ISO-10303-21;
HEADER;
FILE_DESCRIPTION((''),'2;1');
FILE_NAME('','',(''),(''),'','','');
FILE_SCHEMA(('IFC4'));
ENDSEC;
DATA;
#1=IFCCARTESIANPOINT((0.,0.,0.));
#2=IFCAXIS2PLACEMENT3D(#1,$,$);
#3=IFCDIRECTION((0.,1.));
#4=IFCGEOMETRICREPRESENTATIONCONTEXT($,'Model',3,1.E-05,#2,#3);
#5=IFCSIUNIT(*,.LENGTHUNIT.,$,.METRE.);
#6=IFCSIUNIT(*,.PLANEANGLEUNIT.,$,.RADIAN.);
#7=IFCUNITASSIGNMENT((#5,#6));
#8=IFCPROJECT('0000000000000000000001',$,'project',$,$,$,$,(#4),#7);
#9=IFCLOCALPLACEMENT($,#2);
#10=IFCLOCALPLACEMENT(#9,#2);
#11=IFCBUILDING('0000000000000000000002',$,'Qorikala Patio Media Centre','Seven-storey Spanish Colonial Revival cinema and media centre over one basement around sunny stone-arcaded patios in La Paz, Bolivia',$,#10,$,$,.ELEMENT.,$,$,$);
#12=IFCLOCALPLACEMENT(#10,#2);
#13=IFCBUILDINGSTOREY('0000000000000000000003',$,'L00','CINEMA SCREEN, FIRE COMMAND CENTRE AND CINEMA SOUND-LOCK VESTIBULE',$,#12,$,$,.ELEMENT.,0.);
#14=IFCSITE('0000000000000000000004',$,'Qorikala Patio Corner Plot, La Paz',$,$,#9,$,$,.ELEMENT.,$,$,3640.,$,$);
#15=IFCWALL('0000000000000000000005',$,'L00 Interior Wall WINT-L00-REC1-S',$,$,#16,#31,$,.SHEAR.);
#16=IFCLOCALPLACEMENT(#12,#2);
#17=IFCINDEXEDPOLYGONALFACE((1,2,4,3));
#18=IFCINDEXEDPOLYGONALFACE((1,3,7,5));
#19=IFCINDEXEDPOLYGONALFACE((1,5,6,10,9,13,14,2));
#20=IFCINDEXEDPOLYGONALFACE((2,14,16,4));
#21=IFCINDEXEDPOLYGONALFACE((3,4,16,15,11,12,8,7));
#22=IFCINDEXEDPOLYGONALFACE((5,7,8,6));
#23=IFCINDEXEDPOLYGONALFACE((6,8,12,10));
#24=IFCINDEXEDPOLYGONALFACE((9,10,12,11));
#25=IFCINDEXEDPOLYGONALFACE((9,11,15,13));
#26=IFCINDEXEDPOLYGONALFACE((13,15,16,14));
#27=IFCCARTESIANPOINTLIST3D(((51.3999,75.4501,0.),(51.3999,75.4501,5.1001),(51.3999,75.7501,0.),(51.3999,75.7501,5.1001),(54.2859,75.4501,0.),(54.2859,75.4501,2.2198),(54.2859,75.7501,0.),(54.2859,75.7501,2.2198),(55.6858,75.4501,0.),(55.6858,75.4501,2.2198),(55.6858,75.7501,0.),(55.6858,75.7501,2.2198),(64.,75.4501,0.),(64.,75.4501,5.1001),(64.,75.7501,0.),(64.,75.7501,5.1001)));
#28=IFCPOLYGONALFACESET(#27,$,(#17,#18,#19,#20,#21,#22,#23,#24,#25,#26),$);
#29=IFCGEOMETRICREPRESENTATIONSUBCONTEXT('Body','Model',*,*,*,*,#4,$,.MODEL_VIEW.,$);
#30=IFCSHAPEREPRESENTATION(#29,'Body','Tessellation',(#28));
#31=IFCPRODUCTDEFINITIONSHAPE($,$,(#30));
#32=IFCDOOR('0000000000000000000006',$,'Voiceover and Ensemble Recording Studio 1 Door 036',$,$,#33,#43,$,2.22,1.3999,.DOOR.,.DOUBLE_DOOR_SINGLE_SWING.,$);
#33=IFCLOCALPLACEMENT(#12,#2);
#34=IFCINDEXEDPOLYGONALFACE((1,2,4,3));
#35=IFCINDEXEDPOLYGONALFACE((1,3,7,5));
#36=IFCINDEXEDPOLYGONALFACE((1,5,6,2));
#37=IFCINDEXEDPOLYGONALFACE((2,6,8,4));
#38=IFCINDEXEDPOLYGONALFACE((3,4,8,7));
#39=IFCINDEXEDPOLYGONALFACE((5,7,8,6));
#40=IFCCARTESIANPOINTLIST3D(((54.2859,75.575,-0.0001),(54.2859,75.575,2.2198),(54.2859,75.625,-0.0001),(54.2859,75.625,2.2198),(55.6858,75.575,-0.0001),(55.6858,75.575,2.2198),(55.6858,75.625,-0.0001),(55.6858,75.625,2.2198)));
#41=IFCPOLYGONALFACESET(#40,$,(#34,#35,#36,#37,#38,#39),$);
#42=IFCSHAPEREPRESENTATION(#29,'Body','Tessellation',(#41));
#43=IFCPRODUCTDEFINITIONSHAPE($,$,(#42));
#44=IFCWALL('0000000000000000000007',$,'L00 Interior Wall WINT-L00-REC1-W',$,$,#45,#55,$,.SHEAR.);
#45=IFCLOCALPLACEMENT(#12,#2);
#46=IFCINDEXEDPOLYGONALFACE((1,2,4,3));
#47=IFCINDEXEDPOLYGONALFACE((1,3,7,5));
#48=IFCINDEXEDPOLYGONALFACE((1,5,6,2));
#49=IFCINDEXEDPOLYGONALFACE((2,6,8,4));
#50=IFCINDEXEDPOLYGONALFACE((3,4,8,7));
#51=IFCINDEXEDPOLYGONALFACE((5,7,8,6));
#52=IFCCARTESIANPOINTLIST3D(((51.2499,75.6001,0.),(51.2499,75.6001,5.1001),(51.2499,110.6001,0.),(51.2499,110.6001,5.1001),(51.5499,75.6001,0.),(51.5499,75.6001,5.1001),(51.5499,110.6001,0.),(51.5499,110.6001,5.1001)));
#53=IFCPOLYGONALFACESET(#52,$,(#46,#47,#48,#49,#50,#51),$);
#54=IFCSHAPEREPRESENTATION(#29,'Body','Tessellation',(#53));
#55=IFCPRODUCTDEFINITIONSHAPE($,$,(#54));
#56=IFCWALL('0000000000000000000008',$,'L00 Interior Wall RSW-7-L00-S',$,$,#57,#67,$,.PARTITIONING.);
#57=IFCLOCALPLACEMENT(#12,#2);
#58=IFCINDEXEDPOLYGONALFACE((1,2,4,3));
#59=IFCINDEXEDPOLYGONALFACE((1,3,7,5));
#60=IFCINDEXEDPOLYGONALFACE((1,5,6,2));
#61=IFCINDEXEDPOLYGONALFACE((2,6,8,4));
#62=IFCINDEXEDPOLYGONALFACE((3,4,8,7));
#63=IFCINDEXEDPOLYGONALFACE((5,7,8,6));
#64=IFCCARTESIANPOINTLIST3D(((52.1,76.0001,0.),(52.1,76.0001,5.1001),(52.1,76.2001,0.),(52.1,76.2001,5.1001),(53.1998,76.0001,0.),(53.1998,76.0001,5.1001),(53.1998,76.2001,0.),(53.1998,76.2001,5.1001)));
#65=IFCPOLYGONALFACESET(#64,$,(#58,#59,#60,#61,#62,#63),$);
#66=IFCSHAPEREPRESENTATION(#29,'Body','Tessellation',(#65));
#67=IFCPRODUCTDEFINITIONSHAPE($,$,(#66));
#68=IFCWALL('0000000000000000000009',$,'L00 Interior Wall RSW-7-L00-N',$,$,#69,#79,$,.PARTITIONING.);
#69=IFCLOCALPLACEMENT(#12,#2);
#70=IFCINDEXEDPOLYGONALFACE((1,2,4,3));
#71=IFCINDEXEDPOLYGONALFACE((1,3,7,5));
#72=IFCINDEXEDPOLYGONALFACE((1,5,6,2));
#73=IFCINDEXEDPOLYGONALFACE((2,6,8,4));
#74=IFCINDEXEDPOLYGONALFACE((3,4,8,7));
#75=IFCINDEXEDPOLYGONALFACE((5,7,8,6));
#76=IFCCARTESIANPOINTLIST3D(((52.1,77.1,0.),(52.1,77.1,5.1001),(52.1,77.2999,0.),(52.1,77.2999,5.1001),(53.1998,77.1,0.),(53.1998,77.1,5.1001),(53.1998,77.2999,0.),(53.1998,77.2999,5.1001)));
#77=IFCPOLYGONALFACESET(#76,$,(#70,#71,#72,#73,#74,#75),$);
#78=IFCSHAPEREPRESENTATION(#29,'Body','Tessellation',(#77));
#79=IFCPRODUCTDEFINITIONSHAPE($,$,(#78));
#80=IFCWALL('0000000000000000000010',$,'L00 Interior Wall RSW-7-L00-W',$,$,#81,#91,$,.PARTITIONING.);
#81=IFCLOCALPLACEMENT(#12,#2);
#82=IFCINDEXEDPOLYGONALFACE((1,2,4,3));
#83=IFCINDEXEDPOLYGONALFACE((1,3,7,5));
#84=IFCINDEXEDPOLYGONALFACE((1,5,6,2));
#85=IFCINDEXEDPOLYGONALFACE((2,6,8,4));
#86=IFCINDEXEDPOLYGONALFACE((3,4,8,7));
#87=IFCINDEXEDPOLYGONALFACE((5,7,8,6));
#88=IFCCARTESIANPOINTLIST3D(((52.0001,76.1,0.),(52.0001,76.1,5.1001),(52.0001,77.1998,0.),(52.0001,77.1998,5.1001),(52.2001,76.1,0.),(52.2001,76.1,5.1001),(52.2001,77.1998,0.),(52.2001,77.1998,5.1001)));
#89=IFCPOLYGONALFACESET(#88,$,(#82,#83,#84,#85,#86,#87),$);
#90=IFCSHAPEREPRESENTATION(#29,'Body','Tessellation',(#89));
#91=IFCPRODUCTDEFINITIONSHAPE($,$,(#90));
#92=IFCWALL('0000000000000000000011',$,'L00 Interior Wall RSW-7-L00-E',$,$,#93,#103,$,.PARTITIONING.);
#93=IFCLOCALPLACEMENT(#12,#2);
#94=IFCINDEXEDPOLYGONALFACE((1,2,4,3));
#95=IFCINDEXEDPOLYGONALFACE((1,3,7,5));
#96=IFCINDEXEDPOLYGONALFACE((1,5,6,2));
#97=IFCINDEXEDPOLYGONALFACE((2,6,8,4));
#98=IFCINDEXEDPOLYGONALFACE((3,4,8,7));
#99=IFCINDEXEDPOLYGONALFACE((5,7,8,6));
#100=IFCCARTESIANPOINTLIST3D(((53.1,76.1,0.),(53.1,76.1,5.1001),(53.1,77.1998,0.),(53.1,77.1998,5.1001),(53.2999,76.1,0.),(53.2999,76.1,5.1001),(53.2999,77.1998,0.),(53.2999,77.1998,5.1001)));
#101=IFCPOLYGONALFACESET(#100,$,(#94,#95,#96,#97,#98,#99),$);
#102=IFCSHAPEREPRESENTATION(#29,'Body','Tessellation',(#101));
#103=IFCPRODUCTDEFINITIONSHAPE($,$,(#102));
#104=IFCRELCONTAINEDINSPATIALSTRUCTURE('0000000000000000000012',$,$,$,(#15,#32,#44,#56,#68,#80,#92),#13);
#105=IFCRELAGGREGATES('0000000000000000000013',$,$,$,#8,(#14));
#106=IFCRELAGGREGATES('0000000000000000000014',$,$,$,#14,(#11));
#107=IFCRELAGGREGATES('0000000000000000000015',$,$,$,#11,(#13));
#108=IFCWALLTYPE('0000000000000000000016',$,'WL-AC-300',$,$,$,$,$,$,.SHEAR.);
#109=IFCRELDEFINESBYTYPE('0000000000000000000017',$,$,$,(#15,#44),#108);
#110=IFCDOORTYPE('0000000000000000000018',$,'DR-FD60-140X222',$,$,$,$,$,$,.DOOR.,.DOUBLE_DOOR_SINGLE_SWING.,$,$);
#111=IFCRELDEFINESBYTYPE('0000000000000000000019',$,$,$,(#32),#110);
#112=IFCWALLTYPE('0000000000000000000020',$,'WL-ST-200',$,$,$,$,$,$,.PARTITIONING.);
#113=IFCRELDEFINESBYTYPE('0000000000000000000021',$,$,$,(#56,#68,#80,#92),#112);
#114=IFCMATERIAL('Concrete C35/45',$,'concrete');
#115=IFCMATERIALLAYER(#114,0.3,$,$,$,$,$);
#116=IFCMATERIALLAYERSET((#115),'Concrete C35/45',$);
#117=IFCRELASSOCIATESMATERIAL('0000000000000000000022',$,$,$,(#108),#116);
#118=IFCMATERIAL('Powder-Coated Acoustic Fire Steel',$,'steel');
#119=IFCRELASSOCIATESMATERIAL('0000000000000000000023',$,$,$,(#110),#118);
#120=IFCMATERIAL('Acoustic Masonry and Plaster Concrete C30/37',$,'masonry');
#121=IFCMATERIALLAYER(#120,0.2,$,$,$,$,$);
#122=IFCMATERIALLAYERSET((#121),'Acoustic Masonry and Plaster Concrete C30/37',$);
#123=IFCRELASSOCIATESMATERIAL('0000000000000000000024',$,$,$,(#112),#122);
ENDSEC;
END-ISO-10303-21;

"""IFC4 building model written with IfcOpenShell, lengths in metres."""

from ifc_helpers import new_model, si_unit, direction, frame, frame_2d, origin, place, context, subcontext, project, spatial, rectangle, extrude, material, layer, layer_set, type_object, element, fill, save


model = new_model("IFC4")

# Units and contexts
model_context = context("Model", 3, precision=1e-05, world=origin(), true_north=direction((0.0, 1.0)))
body_context = subcontext(model_context, "Body", "Model", "MODEL_VIEW")
ifc_project = project(units=[si_unit("LENGTHUNIT", "METRE"), si_unit("PLANEANGLEUNIT", "RADIAN")], contexts=[model_context])

# Site, building, storey
site_placement = place(None, origin())
site = spatial("IfcSite", under=ifc_project, at=site_placement, Name="Qorikala Patio Corner Plot, La Paz", CompositionType="ELEMENT", RefElevation=3640.0)
building_placement = place(site_placement, origin())
building = spatial("IfcBuilding", under=site, at=building_placement, Name="Qorikala Patio Media Centre", Description="Seven-storey Spanish Colonial Revival cinema and media centre over one basement around sunny stone-arcaded patios in La Paz, Bolivia", CompositionType="ELEMENT")
storey_placement = place(building_placement, origin())
storey = spatial("IfcBuildingStorey", under=building, at=storey_placement, Name="L00", Description="CINEMA SCREEN, FIRE COMMAND CENTRE AND CINEMA SOUND-LOCK VESTIBULE", CompositionType="ELEMENT", Elevation=0.0)

# Shared definitions
ifc_material_1 = material(Name="Concrete C35/45", Category="concrete")

# Wall, opening, door
ifc_layer_1 = layer(ifc_material_1, 0.3)
ifc_layer_set_1 = layer_set([ifc_layer_1], Name="Concrete C35/45")
wall_type_1 = type_object("IfcWallType", Name="WL-AC-300", PredefinedType="SHEAR", material=ifc_layer_set_1)
wall_1_placement = place(storey_placement, frame((51.3999, 75.6001, 0.0), z_axis=(0.0, 0.0, 1.0), x_axis=(1.0, 0.0, 0.0)))
wall_1 = element("IfcWall", 1, at=wall_1_placement, inside=storey, type_object=wall_type_1, Name="L00 Interior Wall WINT-L00-REC1-S", PredefinedType="SHEAR", context=body_context, shape_type="SweptSolid", body=[
    extrude(rectangle(XDim=12.6001, YDim=0.3, at=frame_2d((6.3, 0.0))), origin(), (0.0, 0.0, 1.0), 5.1001),
])
opening_placement = place(wall_1_placement, frame((2.886, 0.0, 0.0)))
opening = element("IfcOpeningElement", 2, at=opening_placement, cuts=wall_1, PredefinedType="OPENING", context=body_context, shape_type="SweptSolid", body=[
    extrude(rectangle(XDim=1.3999, YDim=2.22, at=frame_2d((0.7, 1.1099))), frame((0.0, 0.1599, 0.0), z_axis=(0.0, -1.0, 0.0), x_axis=(1.0, 0.0, 0.0)), (0.0, 0.0, 1.0), 0.3201),
])
ifc_material_2 = material(Name="Powder-Coated Acoustic Fire Steel", Category="steel")
door_type = type_object("IfcDoorType", Name="DR-FD60-140X222", OperationType="DOUBLE_DOOR_SINGLE_SWING", PredefinedType="DOOR", material=ifc_material_2)
door_placement = place(opening_placement, origin())
door = element("IfcDoor", 3, at=door_placement, inside=storey, type_object=door_type, Name="Voiceover and Ensemble Recording Studio 1 Door 036", OperationType="DOUBLE_DOOR_SINGLE_SWING", OverallHeight=2.22, OverallWidth=1.3999, PredefinedType="DOOR", context=body_context, shape_type="SweptSolid", body=[
    extrude(rectangle(XDim=1.3999, YDim=2.22, at=frame_2d((0.7, 1.1099))), frame((0.0, 0.0249, 0.0), z_axis=(0.0, -1.0, 0.0), x_axis=(1.0, 0.0, 0.0)), (0.0, 0.0, 1.0), 0.05),
])
fill(opening, door)

# Walls
wall_2_placement = place(storey_placement, frame((51.3999, 75.6001, 0.0), z_axis=(0.0, 0.0, 1.0), x_axis=(0.0, 1.0, 0.0)))
element("IfcWall", 4, at=wall_2_placement, inside=storey, type_object=wall_type_1, Name="L00 Interior Wall WINT-L00-REC1-W", PredefinedType="SHEAR", context=body_context, shape_type="SweptSolid", body=[
    extrude(rectangle(XDim=35.0, YDim=0.3, at=frame_2d((17.5, 0.0))), origin(), (0.0, 0.0, 1.0), 5.1001),
])
ifc_material_3 = material(Name="Acoustic Masonry and Plaster Concrete C30/37", Category="masonry")
ifc_layer_2 = layer(ifc_material_3, 0.2)
ifc_layer_set_2 = layer_set([ifc_layer_2], Name="Acoustic Masonry and Plaster Concrete C30/37")
wall_type_2 = type_object("IfcWallType", Name="WL-ST-200", PredefinedType="PARTITIONING", material=ifc_layer_set_2)
for number, where, z_axis, x_axis, name in (
    (5, (52.1001, 76.1001, 0.0), (0.0, 0.0, 1.0), (1.0, 0.0, 0.0), "L00 Interior Wall RSW-7-L00-S"),
    (6, (52.1001, 77.2, 0.0), (0.0, 0.0, 1.0), (1.0, 0.0, 0.0), "L00 Interior Wall RSW-7-L00-N"),
    (7, (52.1001, 76.1001, 0.0), (0.0, 0.0, 1.0), (0.0, 1.0, 0.0), "L00 Interior Wall RSW-7-L00-W"),
    (8, (53.2, 76.1001, 0.0), (0.0, 0.0, 1.0), (0.0, 1.0, 0.0), "L00 Interior Wall RSW-7-L00-E"),
):
    element("IfcWall", number, at=place(storey_placement, frame(where, z_axis=z_axis, x_axis=x_axis)), inside=storey, type_object=wall_type_2, Name=name, PredefinedType="PARTITIONING", context=body_context, shape_type="SweptSolid", body=[
        extrude(rectangle(XDim=1.0999, YDim=0.2, at=frame_2d((0.5498, 0.0))), origin(), (0.0, 0.0, 1.0), 5.1001),
    ])

save(model, "model.ifc")
